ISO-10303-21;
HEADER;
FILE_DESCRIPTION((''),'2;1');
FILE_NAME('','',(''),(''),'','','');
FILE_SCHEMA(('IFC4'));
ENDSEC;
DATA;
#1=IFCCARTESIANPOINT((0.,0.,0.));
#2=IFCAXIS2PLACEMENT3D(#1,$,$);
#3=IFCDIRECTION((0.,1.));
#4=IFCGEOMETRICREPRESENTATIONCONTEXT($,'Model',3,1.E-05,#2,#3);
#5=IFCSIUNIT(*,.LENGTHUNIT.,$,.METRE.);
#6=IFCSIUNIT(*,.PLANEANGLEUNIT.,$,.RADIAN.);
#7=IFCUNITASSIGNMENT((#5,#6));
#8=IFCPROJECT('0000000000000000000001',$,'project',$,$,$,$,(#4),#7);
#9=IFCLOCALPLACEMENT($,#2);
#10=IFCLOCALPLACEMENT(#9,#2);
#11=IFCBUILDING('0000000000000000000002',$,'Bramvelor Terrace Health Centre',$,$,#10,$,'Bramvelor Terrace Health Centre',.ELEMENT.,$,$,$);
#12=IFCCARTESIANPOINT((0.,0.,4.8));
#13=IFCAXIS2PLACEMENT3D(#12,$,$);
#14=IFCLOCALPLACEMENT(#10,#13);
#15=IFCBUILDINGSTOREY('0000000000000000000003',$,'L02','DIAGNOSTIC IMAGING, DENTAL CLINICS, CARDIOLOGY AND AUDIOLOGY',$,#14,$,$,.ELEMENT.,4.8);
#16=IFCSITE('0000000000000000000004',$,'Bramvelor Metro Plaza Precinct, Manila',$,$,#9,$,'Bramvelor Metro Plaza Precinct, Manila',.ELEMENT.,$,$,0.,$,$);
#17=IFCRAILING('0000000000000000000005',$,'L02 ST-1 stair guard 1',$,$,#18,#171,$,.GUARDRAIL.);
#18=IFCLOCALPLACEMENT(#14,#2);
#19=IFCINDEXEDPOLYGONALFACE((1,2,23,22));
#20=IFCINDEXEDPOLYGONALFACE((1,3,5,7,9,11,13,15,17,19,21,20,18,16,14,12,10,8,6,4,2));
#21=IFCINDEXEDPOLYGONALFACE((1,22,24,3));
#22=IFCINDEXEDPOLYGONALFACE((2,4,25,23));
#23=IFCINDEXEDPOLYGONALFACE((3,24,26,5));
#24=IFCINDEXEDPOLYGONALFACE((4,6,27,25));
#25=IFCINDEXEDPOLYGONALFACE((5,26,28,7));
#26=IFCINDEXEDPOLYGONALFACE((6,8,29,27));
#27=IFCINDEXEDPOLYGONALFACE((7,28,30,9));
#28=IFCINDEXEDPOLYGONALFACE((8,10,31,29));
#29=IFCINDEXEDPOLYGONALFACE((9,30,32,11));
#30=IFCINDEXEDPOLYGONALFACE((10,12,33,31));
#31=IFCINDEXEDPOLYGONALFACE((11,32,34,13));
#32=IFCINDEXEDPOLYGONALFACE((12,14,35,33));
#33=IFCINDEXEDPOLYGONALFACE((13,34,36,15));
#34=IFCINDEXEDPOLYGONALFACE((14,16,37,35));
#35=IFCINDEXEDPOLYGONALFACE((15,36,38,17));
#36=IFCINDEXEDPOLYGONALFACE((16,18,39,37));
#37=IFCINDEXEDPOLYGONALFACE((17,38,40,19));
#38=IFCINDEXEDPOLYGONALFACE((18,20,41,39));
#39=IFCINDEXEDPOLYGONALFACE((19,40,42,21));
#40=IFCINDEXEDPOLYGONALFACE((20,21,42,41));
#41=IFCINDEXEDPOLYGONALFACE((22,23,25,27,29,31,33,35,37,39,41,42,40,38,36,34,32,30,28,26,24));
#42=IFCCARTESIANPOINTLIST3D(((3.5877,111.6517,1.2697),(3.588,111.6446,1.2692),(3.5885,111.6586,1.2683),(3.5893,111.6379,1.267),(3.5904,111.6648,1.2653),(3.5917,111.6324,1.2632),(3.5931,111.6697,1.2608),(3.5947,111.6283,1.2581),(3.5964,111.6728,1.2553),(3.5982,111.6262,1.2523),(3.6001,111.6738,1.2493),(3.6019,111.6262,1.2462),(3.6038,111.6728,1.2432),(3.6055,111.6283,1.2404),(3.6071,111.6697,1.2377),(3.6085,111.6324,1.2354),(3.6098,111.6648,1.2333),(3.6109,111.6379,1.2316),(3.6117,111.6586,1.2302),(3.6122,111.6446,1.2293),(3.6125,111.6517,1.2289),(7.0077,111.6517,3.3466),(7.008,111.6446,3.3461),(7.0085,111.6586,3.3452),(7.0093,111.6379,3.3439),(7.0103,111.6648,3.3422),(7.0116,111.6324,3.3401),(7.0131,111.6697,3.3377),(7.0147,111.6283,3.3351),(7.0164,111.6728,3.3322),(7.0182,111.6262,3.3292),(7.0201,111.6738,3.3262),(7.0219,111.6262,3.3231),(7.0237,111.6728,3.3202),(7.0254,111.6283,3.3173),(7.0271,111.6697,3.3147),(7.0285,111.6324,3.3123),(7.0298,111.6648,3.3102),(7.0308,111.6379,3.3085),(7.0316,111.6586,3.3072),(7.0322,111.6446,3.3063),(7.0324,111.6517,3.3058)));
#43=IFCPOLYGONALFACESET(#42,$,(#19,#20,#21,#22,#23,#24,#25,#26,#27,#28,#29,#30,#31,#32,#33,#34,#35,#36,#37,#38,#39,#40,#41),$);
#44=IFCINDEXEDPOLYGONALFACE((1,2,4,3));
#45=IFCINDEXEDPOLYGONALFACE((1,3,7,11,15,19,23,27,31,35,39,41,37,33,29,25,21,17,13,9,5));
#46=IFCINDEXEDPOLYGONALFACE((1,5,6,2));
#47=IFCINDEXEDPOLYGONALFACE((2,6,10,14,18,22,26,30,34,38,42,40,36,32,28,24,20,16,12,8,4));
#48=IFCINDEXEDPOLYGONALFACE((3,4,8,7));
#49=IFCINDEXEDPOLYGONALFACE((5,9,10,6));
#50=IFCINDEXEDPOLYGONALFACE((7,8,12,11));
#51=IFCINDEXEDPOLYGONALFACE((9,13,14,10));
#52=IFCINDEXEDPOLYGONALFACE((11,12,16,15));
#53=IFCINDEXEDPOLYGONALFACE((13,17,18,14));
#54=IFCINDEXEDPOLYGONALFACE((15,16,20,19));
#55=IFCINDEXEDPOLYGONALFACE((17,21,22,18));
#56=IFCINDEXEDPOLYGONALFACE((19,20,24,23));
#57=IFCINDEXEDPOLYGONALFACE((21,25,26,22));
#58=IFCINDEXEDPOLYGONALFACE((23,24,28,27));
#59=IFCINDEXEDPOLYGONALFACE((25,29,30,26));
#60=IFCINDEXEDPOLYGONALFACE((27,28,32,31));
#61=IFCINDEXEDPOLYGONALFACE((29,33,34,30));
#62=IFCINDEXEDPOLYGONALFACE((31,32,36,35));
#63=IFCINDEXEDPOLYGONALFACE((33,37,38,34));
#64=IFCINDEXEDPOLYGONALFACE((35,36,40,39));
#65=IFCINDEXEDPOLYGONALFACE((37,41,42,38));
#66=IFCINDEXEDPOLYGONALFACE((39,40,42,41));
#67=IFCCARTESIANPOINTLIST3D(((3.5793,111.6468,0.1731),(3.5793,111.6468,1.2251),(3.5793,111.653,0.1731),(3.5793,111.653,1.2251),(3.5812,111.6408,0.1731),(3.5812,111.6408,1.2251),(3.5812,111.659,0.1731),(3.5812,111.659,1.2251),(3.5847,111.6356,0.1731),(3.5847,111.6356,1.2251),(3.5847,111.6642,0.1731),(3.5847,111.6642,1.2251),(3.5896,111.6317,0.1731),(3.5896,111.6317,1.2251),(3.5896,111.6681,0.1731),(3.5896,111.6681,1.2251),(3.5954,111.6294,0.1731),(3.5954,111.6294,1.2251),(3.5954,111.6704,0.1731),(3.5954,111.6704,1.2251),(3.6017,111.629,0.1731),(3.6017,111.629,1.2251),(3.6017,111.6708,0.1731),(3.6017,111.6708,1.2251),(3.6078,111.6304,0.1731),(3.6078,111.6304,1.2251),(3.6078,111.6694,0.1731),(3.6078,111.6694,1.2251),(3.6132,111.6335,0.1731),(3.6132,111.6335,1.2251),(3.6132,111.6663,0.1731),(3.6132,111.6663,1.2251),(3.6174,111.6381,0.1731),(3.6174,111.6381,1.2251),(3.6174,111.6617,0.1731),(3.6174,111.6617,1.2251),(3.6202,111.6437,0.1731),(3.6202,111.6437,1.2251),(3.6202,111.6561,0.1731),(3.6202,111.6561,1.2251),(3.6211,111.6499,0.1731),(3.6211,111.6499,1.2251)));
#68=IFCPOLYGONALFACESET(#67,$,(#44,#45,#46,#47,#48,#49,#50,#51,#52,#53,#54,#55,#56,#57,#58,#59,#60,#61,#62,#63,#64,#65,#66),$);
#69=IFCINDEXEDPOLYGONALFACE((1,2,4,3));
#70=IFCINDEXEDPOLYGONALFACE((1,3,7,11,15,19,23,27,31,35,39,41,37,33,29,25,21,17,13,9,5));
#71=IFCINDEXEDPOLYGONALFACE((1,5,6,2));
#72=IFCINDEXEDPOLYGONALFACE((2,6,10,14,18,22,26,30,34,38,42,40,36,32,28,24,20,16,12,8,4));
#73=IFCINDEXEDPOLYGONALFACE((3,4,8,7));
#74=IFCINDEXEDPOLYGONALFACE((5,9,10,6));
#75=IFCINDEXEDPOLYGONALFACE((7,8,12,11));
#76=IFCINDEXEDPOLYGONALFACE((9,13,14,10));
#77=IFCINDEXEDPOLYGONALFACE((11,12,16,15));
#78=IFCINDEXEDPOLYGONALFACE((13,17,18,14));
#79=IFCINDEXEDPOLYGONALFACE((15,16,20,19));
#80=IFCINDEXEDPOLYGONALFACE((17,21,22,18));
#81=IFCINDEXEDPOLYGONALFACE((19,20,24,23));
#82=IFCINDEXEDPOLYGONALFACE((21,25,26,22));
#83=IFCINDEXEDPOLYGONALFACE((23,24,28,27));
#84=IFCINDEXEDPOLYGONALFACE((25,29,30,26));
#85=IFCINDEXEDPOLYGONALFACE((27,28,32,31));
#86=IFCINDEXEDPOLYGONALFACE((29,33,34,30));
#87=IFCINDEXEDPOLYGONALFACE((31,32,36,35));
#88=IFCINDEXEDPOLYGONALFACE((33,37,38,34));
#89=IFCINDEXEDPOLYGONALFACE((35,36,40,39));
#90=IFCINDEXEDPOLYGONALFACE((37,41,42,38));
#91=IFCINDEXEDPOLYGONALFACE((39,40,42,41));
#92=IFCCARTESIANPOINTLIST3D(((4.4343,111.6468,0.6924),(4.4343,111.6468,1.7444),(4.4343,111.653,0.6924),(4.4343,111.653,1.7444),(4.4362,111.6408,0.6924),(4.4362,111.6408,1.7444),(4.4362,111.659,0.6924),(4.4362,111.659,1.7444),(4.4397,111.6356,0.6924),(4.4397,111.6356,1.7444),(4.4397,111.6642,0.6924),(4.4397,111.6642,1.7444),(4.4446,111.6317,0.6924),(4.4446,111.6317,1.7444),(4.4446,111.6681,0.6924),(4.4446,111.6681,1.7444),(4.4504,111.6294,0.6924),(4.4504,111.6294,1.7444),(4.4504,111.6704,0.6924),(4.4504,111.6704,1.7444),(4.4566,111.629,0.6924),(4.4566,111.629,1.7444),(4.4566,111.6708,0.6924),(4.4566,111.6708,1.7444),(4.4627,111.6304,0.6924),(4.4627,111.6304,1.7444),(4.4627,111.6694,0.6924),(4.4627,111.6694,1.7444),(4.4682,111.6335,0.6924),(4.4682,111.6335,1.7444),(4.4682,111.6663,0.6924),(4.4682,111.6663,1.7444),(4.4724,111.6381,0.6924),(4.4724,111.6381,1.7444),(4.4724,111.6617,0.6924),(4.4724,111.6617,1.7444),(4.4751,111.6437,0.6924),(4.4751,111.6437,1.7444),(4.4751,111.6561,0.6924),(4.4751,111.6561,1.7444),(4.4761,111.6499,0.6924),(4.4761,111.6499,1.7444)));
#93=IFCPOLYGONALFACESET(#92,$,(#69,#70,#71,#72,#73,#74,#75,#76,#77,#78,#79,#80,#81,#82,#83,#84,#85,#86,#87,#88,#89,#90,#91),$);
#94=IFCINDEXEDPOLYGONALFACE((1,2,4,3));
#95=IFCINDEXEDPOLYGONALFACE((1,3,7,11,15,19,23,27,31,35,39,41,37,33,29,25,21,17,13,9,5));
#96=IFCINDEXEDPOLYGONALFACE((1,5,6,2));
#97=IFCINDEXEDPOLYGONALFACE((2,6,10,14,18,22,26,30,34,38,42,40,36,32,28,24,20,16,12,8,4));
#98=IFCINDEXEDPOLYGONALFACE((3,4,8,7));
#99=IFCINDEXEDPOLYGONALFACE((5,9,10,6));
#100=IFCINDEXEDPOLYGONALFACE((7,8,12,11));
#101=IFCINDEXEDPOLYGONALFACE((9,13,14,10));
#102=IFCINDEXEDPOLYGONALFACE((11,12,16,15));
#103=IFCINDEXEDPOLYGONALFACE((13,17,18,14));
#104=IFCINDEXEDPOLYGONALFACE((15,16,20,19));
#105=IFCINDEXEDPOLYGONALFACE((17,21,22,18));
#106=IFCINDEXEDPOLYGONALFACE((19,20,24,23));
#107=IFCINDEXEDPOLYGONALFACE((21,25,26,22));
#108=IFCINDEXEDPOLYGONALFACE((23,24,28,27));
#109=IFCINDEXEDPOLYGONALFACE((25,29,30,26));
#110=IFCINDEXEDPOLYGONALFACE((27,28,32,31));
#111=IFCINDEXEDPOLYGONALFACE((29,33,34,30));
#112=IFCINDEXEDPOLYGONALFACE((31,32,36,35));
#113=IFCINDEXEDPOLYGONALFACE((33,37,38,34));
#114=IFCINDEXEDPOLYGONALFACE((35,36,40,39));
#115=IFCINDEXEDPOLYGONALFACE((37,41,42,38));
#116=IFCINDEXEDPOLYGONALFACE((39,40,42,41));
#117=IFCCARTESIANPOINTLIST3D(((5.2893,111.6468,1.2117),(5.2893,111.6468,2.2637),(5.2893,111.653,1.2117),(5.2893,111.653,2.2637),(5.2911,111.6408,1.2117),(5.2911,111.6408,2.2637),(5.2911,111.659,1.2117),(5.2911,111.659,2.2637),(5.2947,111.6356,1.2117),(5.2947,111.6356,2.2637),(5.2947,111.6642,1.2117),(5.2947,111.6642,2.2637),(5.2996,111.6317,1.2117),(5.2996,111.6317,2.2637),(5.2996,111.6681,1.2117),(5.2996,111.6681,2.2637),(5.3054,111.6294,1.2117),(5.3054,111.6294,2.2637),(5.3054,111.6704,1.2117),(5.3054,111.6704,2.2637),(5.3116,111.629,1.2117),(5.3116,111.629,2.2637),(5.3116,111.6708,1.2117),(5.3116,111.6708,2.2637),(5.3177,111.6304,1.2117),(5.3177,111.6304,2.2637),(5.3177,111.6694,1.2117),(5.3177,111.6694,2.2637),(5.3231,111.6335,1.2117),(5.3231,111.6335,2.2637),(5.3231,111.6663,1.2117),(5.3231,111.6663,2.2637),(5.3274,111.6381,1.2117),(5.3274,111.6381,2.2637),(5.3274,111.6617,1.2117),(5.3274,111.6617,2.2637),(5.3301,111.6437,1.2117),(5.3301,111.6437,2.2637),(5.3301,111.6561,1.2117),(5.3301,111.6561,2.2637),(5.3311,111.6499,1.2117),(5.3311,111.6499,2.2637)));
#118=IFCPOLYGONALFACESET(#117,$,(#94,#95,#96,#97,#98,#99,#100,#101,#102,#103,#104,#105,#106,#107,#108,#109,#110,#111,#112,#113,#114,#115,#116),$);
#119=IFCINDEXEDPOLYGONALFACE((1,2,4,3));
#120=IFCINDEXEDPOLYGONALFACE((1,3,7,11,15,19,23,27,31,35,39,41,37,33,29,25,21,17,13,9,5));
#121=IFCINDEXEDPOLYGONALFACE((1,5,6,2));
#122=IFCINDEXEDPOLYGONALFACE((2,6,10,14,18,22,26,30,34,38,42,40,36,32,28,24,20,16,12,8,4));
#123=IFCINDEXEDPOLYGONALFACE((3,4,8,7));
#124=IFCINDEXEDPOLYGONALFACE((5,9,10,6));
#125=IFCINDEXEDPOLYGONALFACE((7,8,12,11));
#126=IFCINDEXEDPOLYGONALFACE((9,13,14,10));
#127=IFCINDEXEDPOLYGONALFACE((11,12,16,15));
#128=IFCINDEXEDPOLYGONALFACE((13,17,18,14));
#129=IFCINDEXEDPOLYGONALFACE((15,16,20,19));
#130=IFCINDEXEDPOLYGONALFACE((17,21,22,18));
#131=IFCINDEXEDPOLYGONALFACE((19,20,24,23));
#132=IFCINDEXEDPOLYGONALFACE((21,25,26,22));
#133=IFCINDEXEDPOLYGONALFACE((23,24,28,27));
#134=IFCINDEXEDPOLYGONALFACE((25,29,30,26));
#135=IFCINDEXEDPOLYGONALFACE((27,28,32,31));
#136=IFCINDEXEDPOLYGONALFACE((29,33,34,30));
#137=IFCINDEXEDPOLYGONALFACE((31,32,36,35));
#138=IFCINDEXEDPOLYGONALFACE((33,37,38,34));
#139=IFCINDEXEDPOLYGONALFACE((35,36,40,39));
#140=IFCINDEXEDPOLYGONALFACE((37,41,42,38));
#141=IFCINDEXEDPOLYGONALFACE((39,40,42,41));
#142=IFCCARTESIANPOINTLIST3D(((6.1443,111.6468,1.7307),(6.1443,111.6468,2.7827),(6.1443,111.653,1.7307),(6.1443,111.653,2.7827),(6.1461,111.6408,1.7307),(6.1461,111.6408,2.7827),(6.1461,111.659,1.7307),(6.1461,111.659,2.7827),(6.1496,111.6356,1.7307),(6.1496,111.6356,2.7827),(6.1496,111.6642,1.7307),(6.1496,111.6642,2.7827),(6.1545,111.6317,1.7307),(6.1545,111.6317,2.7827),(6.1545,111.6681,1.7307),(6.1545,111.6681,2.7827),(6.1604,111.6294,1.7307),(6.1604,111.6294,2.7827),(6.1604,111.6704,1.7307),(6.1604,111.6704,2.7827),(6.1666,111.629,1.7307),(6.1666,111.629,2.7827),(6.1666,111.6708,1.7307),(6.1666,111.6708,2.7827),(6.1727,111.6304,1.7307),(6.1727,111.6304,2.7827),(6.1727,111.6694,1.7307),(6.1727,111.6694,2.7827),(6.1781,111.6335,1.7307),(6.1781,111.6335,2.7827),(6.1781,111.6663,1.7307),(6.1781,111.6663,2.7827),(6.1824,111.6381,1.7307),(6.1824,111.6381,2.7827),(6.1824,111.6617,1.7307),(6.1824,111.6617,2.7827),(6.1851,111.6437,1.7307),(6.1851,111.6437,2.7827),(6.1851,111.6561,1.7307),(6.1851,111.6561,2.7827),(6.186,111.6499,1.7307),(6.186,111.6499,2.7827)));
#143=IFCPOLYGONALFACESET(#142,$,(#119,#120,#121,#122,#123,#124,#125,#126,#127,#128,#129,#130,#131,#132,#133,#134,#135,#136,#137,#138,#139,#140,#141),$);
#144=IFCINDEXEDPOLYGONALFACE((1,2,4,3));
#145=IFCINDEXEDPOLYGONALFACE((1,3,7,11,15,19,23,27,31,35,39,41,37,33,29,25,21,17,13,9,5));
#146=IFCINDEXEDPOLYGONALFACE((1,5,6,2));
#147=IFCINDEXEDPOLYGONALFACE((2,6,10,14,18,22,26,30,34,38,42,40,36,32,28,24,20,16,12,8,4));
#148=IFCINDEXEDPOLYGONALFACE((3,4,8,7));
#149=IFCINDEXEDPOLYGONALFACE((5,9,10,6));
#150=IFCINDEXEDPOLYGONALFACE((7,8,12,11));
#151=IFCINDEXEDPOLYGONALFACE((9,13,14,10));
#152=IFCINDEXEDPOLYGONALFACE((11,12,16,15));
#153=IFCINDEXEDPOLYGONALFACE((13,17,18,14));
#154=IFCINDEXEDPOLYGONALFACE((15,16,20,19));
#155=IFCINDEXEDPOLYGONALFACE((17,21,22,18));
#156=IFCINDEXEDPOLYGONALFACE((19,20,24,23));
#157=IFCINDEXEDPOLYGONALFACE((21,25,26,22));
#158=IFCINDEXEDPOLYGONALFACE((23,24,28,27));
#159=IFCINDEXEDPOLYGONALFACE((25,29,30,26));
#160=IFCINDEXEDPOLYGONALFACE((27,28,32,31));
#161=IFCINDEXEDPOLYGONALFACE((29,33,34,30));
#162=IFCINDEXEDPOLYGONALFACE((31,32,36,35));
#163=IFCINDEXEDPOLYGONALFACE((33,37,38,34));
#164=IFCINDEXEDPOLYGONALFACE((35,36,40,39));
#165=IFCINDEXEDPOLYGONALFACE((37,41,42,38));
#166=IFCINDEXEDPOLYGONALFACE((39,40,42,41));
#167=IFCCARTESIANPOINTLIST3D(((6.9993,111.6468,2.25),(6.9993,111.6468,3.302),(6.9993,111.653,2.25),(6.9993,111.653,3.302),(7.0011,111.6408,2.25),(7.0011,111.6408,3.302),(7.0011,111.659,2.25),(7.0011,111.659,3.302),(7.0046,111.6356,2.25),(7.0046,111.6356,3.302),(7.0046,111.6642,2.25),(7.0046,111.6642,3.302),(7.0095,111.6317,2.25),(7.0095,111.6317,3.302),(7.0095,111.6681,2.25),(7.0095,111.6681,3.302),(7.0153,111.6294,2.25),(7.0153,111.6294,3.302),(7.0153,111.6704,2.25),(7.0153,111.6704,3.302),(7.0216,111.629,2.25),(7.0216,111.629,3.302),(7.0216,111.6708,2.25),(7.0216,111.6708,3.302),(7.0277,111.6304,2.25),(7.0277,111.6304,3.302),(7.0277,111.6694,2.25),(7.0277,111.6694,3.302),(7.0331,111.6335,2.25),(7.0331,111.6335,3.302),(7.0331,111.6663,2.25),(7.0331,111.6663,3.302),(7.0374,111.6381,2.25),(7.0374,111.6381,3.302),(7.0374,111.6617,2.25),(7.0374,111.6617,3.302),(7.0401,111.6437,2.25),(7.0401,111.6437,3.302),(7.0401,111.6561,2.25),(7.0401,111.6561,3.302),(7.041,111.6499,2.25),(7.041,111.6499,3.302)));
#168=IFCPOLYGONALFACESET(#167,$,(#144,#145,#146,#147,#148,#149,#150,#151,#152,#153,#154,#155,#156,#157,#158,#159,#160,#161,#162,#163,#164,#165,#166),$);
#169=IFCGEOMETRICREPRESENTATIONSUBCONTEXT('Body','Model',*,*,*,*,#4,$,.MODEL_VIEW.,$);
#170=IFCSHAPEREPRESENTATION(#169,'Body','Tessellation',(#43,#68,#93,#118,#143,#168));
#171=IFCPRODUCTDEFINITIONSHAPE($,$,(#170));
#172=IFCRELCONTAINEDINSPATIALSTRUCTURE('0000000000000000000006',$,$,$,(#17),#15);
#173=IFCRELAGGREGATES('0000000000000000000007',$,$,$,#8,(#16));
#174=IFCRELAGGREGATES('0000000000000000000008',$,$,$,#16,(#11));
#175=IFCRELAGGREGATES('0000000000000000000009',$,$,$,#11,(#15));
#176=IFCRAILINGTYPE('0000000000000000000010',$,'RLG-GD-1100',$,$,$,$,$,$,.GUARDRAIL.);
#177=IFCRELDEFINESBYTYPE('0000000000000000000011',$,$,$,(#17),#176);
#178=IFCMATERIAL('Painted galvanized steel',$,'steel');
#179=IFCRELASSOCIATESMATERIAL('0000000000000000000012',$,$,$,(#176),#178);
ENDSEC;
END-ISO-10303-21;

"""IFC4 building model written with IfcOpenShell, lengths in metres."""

from ifc_helpers import new_model, si_unit, direction, frame, origin, origin_2d, place, context, subcontext, project, spatial, circle, extrude, material, type_object, element, save


model = new_model("IFC4")

# Units and contexts
model_context = context("Model", 3, precision=1e-05, world=origin(), true_north=direction((0.0, 1.0)))
body_context = subcontext(model_context, "Body", "Model", "MODEL_VIEW")
ifc_project = project(units=[si_unit("LENGTHUNIT", "METRE"), si_unit("PLANEANGLEUNIT", "RADIAN")], contexts=[model_context])

# Site, building, storey
site_placement = place(None, origin())
site = spatial("IfcSite", under=ifc_project, at=site_placement, Name="Bramvelor Metro Plaza Precinct, Manila", LongName="Bramvelor Metro Plaza Precinct, Manila", CompositionType="ELEMENT", RefElevation=0.0)
building_placement = place(site_placement, origin())
building = spatial("IfcBuilding", under=site, at=building_placement, Name="Bramvelor Terrace Health Centre", LongName="Bramvelor Terrace Health Centre", CompositionType="ELEMENT")
storey_placement = place(building_placement, frame((0.0, 0.0, 4.8)))
storey = spatial("IfcBuildingStorey", under=building, at=storey_placement, Name="L02", Description="DIAGNOSTIC IMAGING, DENTAL CLINICS, CARDIOLOGY AND AUDIOLOGY", CompositionType="ELEMENT", Elevation=4.8)

# Railing
ifc_material_1 = material(Name="Painted galvanized steel", Category="steel")
railing_type_1 = type_object("IfcRailingType", Name="RLG-GD-1100", PredefinedType="GUARDRAIL", material=ifc_material_1)
railing_1_placement = place(storey_placement, frame((3.6001, 111.6499, 0.1731)))
element("IfcRailing", 1, at=railing_1_placement, inside=storey, type_object=railing_type_1, Name="L02 ST-1 stair guard 1", PredefinedType="GUARDRAIL", context=body_context, shape_type="SweptSolid", body=[
    extrude(circle(Radius=0.0239, at=origin_2d()), frame((0.0, 0.0, 1.0762), z_axis=(0.85473, 0.0, 0.519074), x_axis=(0.0, 1.0, 0.0)), (0.0, 0.0, 1.0), 4.0012),
    extrude(circle(Radius=0.021, at=origin_2d()), origin(), (0.0, 0.0, 1.0), 1.052),
    extrude(circle(Radius=0.021, at=origin_2d()), frame((0.855, 0.0, 0.5193)), (0.0, 0.0, 1.0), 1.052),
    extrude(circle(Radius=0.021, at=origin_2d()), frame((1.71, 0.0, 1.0386)), (0.0, 0.0, 1.0), 1.052),
    extrude(circle(Radius=0.021, at=origin_2d()), frame((2.5649, 0.0, 1.5576)), (0.0, 0.0, 1.0), 1.052),
    extrude(circle(Radius=0.021, at=origin_2d()), frame((3.4199, 0.0, 2.0769)), (0.0, 0.0, 1.0), 1.052),
])

save(model, "model.ifc")
